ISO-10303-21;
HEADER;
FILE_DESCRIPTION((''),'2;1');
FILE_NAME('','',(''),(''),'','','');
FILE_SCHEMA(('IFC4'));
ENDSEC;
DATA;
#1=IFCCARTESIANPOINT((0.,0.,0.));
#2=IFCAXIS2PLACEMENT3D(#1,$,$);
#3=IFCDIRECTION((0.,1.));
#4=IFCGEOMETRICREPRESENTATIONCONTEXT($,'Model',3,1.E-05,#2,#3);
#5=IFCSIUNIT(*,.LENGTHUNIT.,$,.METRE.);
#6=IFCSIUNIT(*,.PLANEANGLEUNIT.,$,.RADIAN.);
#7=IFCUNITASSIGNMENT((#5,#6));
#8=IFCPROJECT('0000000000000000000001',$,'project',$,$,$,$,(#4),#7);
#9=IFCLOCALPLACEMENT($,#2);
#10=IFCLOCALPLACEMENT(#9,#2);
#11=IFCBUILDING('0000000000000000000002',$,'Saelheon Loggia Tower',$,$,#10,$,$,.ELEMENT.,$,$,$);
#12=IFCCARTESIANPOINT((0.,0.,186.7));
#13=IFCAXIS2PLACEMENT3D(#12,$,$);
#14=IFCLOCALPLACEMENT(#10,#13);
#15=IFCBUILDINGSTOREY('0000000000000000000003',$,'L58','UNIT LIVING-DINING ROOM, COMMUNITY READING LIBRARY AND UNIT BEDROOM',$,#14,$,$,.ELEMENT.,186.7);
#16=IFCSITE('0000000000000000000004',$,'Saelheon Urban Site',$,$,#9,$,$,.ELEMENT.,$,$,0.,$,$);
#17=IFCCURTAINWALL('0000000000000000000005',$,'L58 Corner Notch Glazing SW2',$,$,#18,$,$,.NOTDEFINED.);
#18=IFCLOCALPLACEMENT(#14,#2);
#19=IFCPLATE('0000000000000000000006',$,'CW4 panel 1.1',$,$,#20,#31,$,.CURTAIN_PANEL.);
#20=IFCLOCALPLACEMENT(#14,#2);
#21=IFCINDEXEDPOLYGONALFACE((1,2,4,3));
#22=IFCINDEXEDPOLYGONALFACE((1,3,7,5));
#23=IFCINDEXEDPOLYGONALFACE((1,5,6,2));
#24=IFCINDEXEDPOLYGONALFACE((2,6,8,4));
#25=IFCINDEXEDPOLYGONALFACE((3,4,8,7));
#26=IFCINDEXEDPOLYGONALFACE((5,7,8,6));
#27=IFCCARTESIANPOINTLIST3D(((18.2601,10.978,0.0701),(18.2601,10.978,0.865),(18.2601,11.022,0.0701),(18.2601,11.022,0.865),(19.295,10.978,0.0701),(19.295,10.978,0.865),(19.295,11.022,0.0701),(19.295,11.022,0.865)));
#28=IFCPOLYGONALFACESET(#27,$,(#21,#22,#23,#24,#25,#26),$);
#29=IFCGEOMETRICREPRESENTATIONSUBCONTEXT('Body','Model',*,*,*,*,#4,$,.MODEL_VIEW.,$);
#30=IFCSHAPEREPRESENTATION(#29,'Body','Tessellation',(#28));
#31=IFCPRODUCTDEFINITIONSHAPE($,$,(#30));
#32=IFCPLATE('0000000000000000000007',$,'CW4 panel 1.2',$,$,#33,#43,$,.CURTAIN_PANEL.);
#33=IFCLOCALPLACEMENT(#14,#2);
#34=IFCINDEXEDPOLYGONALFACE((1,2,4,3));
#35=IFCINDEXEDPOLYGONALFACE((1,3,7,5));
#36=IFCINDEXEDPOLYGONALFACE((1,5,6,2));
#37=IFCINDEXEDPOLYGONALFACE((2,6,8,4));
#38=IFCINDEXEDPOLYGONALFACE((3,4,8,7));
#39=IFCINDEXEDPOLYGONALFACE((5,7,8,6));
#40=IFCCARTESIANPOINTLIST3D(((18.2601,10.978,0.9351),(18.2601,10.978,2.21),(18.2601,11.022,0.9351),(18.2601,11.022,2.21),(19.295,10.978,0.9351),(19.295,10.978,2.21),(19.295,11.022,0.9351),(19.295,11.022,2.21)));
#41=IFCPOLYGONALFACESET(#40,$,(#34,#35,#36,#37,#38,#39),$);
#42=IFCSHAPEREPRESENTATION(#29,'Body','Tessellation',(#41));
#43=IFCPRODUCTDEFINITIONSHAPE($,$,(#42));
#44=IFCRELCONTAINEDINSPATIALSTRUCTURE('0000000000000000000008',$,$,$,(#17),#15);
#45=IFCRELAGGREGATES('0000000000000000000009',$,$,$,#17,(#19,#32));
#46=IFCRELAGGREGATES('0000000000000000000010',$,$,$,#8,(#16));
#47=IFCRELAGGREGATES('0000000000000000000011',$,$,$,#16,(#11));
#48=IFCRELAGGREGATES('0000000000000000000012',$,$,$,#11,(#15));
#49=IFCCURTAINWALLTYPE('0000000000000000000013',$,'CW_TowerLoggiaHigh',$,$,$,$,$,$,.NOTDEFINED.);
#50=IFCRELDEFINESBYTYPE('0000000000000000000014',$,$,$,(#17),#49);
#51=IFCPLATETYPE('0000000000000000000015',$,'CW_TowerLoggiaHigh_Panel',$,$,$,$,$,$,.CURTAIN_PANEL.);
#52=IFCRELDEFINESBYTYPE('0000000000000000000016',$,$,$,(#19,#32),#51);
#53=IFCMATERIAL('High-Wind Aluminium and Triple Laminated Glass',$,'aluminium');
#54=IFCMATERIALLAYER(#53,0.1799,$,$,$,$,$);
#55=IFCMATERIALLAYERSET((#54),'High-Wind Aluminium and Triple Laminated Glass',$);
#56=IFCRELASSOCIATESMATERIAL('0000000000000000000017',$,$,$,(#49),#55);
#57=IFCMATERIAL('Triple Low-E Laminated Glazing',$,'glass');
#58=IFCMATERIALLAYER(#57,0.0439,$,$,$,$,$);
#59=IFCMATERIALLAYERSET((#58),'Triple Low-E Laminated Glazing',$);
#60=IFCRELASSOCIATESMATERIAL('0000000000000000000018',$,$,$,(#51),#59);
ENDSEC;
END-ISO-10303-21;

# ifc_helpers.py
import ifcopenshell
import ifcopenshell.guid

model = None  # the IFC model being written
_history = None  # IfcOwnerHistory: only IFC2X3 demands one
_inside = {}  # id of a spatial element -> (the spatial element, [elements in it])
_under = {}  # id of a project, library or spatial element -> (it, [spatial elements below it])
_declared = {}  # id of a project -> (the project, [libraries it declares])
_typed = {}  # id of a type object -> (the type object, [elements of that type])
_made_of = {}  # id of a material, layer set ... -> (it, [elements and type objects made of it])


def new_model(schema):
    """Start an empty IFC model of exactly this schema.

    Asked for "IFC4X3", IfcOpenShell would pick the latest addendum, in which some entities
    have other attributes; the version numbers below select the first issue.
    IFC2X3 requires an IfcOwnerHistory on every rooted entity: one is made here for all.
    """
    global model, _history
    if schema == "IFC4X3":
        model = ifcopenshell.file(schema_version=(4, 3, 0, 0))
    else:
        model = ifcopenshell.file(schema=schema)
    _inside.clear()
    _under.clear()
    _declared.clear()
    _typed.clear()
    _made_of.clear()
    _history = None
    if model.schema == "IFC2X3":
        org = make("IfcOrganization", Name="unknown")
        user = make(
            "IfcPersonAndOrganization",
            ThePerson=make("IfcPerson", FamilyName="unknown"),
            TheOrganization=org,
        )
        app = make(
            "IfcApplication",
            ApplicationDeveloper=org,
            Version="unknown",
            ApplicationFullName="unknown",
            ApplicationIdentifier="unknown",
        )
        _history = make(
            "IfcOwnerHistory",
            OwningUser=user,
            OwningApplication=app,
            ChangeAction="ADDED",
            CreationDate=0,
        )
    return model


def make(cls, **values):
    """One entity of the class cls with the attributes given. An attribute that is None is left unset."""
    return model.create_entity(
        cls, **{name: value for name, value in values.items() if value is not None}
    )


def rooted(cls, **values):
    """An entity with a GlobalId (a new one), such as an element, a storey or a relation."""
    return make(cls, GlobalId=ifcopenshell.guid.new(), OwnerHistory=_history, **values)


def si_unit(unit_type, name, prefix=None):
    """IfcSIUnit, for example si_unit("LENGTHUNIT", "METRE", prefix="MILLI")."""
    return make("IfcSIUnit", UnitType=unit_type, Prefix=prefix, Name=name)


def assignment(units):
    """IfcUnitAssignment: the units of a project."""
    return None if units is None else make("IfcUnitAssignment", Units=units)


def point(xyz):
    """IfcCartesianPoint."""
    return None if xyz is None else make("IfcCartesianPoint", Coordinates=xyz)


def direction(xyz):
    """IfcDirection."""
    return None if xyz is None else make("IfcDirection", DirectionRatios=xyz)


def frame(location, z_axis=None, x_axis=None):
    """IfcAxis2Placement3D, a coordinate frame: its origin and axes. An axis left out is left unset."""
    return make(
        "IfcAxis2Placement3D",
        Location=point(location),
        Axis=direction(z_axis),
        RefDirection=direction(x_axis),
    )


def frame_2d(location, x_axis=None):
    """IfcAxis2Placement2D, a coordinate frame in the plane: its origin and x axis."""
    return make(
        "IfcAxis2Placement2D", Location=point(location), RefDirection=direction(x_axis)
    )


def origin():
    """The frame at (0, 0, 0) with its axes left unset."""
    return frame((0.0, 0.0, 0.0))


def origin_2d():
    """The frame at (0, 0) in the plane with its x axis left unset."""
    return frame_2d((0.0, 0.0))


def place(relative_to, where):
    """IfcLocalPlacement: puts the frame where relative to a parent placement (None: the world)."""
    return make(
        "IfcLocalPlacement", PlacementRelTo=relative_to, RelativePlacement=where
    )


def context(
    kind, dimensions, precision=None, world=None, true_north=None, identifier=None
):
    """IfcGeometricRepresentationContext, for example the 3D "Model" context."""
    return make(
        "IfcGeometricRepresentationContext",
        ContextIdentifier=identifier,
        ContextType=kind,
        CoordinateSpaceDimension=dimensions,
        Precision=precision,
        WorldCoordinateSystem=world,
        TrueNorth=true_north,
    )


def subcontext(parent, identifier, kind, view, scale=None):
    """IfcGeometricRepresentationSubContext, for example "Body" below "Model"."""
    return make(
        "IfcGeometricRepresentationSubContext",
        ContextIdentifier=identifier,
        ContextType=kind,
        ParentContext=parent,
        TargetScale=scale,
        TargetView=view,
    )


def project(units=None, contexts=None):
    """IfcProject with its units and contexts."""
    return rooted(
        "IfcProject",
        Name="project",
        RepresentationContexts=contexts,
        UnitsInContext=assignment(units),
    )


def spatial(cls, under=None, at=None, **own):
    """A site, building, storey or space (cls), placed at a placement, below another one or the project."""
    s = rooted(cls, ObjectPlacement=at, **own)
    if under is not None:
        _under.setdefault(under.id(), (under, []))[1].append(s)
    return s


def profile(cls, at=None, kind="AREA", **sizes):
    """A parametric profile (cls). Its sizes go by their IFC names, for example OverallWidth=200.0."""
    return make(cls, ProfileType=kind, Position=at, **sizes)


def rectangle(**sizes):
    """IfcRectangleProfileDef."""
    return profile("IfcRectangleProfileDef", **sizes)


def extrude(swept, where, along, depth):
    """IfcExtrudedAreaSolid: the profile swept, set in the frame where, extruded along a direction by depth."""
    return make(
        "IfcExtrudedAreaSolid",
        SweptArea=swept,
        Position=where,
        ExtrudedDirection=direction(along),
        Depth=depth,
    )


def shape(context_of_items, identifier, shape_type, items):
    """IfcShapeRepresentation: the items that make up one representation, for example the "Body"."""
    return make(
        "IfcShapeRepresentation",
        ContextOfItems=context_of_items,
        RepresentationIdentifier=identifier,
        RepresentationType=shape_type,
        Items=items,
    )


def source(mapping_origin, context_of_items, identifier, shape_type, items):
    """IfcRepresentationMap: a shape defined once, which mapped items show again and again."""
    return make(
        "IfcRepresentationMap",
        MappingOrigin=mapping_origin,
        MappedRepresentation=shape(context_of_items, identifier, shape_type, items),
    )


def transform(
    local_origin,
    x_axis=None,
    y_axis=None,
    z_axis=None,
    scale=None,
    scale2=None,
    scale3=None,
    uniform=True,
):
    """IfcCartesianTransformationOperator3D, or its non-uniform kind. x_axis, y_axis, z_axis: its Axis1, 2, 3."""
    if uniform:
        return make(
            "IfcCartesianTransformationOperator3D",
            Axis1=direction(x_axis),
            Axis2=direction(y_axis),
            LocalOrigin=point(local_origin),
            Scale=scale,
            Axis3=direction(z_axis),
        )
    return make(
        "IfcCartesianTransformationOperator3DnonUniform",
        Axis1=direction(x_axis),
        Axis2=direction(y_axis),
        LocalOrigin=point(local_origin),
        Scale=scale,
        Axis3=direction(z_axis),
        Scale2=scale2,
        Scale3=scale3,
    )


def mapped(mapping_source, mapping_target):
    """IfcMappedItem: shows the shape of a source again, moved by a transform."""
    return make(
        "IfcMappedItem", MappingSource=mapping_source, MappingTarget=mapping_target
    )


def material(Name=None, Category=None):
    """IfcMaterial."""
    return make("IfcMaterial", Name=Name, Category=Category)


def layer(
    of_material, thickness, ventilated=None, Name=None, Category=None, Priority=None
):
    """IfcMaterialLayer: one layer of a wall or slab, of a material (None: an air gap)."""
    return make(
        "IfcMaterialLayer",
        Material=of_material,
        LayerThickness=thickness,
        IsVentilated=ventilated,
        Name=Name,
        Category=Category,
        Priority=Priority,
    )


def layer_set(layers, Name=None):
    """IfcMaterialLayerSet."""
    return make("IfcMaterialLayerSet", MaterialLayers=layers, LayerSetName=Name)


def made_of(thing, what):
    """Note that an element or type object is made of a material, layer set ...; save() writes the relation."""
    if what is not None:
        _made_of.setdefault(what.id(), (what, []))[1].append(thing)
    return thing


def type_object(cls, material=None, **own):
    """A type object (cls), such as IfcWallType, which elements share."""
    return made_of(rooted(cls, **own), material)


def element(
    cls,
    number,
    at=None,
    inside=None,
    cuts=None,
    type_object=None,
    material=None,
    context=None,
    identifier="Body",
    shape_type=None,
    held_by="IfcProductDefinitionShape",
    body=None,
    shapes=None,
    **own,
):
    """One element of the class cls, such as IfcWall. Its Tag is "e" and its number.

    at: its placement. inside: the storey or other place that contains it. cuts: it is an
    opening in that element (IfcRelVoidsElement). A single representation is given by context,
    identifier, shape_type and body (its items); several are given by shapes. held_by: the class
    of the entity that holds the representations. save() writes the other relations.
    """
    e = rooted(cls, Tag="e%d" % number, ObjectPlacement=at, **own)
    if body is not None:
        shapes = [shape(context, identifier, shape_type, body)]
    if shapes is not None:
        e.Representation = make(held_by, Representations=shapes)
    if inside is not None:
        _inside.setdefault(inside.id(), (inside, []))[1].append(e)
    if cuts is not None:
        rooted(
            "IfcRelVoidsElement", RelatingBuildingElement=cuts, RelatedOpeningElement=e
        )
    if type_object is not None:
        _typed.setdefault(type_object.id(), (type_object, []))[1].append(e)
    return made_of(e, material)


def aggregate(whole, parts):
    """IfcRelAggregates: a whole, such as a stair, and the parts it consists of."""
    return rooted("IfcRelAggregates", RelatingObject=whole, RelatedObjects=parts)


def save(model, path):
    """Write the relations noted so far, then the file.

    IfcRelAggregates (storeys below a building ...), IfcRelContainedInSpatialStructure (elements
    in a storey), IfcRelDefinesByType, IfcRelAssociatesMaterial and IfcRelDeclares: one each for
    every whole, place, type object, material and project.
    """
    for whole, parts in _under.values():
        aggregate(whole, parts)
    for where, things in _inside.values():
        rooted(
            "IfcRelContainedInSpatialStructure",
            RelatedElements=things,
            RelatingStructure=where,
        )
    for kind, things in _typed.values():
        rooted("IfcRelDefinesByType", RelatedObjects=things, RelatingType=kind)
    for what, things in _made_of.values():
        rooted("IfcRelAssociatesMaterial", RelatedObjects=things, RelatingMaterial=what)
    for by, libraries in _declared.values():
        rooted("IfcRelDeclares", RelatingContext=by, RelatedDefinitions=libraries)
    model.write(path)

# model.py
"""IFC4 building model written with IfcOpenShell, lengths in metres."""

from ifc_helpers import new_model, si_unit, direction, frame, origin, origin_2d, place, context, subcontext, project, spatial, rectangle, extrude, source, transform, mapped, material, layer, layer_set, type_object, element, aggregate, save


model = new_model("IFC4")

# Units and contexts
model_context = context("Model", 3, precision=1e-05, world=origin(), true_north=direction((0.0, 1.0)))
body_context = subcontext(model_context, "Body", "Model", "MODEL_VIEW")
ifc_project = project(units=[si_unit("LENGTHUNIT", "METRE"), si_unit("PLANEANGLEUNIT", "RADIAN")], contexts=[model_context])

# Site, building, storey
site_placement = place(None, origin())
site = spatial("IfcSite", under=ifc_project, at=site_placement, Name="Saelheon Urban Site", CompositionType="ELEMENT", RefElevation=0.0)
building_placement = place(site_placement, origin())
building = spatial("IfcBuilding", under=site, at=building_placement, Name="Saelheon Loggia Tower", CompositionType="ELEMENT")
storey_placement = place(building_placement, frame((0.0, 0.0, 186.7)))
storey = spatial("IfcBuildingStorey", under=building, at=storey_placement, Name="L58", Description="UNIT LIVING-DINING ROOM, COMMUNITY READING LIBRARY AND UNIT BEDROOM", CompositionType="ELEMENT", Elevation=186.7)

# Curtain wall, plates
ifc_material_1 = material(Name="High-Wind Aluminium and Triple Laminated Glass", Category="aluminium")
ifc_layer_1 = layer(ifc_material_1, 0.1799)
ifc_layer_set_1 = layer_set([ifc_layer_1], Name="High-Wind Aluminium and Triple Laminated Glass")
curtain_wall_type = type_object("IfcCurtainWallType", Name="CW_TowerLoggiaHigh", PredefinedType="NOTDEFINED", material=ifc_layer_set_1)
curtain_wall_placement = place(storey_placement, origin())
curtain_wall = element("IfcCurtainWall", 1, at=curtain_wall_placement, inside=storey, type_object=curtain_wall_type, Name="L58 Corner Notch Glazing SW2", PredefinedType="NOTDEFINED")
ifc_material_2 = material(Name="Triple Low-E Laminated Glazing", Category="glass")
ifc_layer_2 = layer(ifc_material_2, 0.0439)
ifc_layer_set_2 = layer_set([ifc_layer_2], Name="Triple Low-E Laminated Glazing")
plate_type = type_object("IfcPlateType", Name="CW_TowerLoggiaHigh_Panel", PredefinedType="CURTAIN_PANEL", material=ifc_layer_set_2)
shared_shape_1 = source(origin(), body_context, "Body", "SweptSolid", [
    extrude(rectangle(XDim=1.0349, YDim=0.0439, at=origin_2d()), origin(), (0.0, 0.0, 1.0), 0.7949),
])
plate_1_placement = place(storey_placement, frame((18.7776, 11.0, 0.0701), z_axis=(0.0, 0.0, 1.0), x_axis=(1.0, 0.0, 0.0)))
plate_1 = element("IfcPlate", 2, at=plate_1_placement, type_object=plate_type, Name="CW4 panel 1.1", PredefinedType="CURTAIN_PANEL", context=body_context, shape_type="MappedRepresentation", body=[
    mapped(shared_shape_1, transform((0.0, 0.0, 0.0), scale=1.0)),
])
shared_shape_2 = source(origin(), body_context, "Body", "SweptSolid", [
    extrude(rectangle(XDim=1.0349, YDim=0.0439, at=origin_2d()), origin(), (0.0, 0.0, 1.0), 1.2749),
])
plate_2_placement = place(storey_placement, frame((18.7776, 11.0, 0.9351), z_axis=(0.0, 0.0, 1.0), x_axis=(1.0, 0.0, 0.0)))
plate_2 = element("IfcPlate", 3, at=plate_2_placement, type_object=plate_type, Name="CW4 panel 1.2", PredefinedType="CURTAIN_PANEL", context=body_context, shape_type="MappedRepresentation", body=[
    mapped(shared_shape_2, transform((0.0, 0.0, 0.0), scale=1.0)),
])
aggregate(curtain_wall, [plate_1, plate_2])

save(model, "model.ifc")
